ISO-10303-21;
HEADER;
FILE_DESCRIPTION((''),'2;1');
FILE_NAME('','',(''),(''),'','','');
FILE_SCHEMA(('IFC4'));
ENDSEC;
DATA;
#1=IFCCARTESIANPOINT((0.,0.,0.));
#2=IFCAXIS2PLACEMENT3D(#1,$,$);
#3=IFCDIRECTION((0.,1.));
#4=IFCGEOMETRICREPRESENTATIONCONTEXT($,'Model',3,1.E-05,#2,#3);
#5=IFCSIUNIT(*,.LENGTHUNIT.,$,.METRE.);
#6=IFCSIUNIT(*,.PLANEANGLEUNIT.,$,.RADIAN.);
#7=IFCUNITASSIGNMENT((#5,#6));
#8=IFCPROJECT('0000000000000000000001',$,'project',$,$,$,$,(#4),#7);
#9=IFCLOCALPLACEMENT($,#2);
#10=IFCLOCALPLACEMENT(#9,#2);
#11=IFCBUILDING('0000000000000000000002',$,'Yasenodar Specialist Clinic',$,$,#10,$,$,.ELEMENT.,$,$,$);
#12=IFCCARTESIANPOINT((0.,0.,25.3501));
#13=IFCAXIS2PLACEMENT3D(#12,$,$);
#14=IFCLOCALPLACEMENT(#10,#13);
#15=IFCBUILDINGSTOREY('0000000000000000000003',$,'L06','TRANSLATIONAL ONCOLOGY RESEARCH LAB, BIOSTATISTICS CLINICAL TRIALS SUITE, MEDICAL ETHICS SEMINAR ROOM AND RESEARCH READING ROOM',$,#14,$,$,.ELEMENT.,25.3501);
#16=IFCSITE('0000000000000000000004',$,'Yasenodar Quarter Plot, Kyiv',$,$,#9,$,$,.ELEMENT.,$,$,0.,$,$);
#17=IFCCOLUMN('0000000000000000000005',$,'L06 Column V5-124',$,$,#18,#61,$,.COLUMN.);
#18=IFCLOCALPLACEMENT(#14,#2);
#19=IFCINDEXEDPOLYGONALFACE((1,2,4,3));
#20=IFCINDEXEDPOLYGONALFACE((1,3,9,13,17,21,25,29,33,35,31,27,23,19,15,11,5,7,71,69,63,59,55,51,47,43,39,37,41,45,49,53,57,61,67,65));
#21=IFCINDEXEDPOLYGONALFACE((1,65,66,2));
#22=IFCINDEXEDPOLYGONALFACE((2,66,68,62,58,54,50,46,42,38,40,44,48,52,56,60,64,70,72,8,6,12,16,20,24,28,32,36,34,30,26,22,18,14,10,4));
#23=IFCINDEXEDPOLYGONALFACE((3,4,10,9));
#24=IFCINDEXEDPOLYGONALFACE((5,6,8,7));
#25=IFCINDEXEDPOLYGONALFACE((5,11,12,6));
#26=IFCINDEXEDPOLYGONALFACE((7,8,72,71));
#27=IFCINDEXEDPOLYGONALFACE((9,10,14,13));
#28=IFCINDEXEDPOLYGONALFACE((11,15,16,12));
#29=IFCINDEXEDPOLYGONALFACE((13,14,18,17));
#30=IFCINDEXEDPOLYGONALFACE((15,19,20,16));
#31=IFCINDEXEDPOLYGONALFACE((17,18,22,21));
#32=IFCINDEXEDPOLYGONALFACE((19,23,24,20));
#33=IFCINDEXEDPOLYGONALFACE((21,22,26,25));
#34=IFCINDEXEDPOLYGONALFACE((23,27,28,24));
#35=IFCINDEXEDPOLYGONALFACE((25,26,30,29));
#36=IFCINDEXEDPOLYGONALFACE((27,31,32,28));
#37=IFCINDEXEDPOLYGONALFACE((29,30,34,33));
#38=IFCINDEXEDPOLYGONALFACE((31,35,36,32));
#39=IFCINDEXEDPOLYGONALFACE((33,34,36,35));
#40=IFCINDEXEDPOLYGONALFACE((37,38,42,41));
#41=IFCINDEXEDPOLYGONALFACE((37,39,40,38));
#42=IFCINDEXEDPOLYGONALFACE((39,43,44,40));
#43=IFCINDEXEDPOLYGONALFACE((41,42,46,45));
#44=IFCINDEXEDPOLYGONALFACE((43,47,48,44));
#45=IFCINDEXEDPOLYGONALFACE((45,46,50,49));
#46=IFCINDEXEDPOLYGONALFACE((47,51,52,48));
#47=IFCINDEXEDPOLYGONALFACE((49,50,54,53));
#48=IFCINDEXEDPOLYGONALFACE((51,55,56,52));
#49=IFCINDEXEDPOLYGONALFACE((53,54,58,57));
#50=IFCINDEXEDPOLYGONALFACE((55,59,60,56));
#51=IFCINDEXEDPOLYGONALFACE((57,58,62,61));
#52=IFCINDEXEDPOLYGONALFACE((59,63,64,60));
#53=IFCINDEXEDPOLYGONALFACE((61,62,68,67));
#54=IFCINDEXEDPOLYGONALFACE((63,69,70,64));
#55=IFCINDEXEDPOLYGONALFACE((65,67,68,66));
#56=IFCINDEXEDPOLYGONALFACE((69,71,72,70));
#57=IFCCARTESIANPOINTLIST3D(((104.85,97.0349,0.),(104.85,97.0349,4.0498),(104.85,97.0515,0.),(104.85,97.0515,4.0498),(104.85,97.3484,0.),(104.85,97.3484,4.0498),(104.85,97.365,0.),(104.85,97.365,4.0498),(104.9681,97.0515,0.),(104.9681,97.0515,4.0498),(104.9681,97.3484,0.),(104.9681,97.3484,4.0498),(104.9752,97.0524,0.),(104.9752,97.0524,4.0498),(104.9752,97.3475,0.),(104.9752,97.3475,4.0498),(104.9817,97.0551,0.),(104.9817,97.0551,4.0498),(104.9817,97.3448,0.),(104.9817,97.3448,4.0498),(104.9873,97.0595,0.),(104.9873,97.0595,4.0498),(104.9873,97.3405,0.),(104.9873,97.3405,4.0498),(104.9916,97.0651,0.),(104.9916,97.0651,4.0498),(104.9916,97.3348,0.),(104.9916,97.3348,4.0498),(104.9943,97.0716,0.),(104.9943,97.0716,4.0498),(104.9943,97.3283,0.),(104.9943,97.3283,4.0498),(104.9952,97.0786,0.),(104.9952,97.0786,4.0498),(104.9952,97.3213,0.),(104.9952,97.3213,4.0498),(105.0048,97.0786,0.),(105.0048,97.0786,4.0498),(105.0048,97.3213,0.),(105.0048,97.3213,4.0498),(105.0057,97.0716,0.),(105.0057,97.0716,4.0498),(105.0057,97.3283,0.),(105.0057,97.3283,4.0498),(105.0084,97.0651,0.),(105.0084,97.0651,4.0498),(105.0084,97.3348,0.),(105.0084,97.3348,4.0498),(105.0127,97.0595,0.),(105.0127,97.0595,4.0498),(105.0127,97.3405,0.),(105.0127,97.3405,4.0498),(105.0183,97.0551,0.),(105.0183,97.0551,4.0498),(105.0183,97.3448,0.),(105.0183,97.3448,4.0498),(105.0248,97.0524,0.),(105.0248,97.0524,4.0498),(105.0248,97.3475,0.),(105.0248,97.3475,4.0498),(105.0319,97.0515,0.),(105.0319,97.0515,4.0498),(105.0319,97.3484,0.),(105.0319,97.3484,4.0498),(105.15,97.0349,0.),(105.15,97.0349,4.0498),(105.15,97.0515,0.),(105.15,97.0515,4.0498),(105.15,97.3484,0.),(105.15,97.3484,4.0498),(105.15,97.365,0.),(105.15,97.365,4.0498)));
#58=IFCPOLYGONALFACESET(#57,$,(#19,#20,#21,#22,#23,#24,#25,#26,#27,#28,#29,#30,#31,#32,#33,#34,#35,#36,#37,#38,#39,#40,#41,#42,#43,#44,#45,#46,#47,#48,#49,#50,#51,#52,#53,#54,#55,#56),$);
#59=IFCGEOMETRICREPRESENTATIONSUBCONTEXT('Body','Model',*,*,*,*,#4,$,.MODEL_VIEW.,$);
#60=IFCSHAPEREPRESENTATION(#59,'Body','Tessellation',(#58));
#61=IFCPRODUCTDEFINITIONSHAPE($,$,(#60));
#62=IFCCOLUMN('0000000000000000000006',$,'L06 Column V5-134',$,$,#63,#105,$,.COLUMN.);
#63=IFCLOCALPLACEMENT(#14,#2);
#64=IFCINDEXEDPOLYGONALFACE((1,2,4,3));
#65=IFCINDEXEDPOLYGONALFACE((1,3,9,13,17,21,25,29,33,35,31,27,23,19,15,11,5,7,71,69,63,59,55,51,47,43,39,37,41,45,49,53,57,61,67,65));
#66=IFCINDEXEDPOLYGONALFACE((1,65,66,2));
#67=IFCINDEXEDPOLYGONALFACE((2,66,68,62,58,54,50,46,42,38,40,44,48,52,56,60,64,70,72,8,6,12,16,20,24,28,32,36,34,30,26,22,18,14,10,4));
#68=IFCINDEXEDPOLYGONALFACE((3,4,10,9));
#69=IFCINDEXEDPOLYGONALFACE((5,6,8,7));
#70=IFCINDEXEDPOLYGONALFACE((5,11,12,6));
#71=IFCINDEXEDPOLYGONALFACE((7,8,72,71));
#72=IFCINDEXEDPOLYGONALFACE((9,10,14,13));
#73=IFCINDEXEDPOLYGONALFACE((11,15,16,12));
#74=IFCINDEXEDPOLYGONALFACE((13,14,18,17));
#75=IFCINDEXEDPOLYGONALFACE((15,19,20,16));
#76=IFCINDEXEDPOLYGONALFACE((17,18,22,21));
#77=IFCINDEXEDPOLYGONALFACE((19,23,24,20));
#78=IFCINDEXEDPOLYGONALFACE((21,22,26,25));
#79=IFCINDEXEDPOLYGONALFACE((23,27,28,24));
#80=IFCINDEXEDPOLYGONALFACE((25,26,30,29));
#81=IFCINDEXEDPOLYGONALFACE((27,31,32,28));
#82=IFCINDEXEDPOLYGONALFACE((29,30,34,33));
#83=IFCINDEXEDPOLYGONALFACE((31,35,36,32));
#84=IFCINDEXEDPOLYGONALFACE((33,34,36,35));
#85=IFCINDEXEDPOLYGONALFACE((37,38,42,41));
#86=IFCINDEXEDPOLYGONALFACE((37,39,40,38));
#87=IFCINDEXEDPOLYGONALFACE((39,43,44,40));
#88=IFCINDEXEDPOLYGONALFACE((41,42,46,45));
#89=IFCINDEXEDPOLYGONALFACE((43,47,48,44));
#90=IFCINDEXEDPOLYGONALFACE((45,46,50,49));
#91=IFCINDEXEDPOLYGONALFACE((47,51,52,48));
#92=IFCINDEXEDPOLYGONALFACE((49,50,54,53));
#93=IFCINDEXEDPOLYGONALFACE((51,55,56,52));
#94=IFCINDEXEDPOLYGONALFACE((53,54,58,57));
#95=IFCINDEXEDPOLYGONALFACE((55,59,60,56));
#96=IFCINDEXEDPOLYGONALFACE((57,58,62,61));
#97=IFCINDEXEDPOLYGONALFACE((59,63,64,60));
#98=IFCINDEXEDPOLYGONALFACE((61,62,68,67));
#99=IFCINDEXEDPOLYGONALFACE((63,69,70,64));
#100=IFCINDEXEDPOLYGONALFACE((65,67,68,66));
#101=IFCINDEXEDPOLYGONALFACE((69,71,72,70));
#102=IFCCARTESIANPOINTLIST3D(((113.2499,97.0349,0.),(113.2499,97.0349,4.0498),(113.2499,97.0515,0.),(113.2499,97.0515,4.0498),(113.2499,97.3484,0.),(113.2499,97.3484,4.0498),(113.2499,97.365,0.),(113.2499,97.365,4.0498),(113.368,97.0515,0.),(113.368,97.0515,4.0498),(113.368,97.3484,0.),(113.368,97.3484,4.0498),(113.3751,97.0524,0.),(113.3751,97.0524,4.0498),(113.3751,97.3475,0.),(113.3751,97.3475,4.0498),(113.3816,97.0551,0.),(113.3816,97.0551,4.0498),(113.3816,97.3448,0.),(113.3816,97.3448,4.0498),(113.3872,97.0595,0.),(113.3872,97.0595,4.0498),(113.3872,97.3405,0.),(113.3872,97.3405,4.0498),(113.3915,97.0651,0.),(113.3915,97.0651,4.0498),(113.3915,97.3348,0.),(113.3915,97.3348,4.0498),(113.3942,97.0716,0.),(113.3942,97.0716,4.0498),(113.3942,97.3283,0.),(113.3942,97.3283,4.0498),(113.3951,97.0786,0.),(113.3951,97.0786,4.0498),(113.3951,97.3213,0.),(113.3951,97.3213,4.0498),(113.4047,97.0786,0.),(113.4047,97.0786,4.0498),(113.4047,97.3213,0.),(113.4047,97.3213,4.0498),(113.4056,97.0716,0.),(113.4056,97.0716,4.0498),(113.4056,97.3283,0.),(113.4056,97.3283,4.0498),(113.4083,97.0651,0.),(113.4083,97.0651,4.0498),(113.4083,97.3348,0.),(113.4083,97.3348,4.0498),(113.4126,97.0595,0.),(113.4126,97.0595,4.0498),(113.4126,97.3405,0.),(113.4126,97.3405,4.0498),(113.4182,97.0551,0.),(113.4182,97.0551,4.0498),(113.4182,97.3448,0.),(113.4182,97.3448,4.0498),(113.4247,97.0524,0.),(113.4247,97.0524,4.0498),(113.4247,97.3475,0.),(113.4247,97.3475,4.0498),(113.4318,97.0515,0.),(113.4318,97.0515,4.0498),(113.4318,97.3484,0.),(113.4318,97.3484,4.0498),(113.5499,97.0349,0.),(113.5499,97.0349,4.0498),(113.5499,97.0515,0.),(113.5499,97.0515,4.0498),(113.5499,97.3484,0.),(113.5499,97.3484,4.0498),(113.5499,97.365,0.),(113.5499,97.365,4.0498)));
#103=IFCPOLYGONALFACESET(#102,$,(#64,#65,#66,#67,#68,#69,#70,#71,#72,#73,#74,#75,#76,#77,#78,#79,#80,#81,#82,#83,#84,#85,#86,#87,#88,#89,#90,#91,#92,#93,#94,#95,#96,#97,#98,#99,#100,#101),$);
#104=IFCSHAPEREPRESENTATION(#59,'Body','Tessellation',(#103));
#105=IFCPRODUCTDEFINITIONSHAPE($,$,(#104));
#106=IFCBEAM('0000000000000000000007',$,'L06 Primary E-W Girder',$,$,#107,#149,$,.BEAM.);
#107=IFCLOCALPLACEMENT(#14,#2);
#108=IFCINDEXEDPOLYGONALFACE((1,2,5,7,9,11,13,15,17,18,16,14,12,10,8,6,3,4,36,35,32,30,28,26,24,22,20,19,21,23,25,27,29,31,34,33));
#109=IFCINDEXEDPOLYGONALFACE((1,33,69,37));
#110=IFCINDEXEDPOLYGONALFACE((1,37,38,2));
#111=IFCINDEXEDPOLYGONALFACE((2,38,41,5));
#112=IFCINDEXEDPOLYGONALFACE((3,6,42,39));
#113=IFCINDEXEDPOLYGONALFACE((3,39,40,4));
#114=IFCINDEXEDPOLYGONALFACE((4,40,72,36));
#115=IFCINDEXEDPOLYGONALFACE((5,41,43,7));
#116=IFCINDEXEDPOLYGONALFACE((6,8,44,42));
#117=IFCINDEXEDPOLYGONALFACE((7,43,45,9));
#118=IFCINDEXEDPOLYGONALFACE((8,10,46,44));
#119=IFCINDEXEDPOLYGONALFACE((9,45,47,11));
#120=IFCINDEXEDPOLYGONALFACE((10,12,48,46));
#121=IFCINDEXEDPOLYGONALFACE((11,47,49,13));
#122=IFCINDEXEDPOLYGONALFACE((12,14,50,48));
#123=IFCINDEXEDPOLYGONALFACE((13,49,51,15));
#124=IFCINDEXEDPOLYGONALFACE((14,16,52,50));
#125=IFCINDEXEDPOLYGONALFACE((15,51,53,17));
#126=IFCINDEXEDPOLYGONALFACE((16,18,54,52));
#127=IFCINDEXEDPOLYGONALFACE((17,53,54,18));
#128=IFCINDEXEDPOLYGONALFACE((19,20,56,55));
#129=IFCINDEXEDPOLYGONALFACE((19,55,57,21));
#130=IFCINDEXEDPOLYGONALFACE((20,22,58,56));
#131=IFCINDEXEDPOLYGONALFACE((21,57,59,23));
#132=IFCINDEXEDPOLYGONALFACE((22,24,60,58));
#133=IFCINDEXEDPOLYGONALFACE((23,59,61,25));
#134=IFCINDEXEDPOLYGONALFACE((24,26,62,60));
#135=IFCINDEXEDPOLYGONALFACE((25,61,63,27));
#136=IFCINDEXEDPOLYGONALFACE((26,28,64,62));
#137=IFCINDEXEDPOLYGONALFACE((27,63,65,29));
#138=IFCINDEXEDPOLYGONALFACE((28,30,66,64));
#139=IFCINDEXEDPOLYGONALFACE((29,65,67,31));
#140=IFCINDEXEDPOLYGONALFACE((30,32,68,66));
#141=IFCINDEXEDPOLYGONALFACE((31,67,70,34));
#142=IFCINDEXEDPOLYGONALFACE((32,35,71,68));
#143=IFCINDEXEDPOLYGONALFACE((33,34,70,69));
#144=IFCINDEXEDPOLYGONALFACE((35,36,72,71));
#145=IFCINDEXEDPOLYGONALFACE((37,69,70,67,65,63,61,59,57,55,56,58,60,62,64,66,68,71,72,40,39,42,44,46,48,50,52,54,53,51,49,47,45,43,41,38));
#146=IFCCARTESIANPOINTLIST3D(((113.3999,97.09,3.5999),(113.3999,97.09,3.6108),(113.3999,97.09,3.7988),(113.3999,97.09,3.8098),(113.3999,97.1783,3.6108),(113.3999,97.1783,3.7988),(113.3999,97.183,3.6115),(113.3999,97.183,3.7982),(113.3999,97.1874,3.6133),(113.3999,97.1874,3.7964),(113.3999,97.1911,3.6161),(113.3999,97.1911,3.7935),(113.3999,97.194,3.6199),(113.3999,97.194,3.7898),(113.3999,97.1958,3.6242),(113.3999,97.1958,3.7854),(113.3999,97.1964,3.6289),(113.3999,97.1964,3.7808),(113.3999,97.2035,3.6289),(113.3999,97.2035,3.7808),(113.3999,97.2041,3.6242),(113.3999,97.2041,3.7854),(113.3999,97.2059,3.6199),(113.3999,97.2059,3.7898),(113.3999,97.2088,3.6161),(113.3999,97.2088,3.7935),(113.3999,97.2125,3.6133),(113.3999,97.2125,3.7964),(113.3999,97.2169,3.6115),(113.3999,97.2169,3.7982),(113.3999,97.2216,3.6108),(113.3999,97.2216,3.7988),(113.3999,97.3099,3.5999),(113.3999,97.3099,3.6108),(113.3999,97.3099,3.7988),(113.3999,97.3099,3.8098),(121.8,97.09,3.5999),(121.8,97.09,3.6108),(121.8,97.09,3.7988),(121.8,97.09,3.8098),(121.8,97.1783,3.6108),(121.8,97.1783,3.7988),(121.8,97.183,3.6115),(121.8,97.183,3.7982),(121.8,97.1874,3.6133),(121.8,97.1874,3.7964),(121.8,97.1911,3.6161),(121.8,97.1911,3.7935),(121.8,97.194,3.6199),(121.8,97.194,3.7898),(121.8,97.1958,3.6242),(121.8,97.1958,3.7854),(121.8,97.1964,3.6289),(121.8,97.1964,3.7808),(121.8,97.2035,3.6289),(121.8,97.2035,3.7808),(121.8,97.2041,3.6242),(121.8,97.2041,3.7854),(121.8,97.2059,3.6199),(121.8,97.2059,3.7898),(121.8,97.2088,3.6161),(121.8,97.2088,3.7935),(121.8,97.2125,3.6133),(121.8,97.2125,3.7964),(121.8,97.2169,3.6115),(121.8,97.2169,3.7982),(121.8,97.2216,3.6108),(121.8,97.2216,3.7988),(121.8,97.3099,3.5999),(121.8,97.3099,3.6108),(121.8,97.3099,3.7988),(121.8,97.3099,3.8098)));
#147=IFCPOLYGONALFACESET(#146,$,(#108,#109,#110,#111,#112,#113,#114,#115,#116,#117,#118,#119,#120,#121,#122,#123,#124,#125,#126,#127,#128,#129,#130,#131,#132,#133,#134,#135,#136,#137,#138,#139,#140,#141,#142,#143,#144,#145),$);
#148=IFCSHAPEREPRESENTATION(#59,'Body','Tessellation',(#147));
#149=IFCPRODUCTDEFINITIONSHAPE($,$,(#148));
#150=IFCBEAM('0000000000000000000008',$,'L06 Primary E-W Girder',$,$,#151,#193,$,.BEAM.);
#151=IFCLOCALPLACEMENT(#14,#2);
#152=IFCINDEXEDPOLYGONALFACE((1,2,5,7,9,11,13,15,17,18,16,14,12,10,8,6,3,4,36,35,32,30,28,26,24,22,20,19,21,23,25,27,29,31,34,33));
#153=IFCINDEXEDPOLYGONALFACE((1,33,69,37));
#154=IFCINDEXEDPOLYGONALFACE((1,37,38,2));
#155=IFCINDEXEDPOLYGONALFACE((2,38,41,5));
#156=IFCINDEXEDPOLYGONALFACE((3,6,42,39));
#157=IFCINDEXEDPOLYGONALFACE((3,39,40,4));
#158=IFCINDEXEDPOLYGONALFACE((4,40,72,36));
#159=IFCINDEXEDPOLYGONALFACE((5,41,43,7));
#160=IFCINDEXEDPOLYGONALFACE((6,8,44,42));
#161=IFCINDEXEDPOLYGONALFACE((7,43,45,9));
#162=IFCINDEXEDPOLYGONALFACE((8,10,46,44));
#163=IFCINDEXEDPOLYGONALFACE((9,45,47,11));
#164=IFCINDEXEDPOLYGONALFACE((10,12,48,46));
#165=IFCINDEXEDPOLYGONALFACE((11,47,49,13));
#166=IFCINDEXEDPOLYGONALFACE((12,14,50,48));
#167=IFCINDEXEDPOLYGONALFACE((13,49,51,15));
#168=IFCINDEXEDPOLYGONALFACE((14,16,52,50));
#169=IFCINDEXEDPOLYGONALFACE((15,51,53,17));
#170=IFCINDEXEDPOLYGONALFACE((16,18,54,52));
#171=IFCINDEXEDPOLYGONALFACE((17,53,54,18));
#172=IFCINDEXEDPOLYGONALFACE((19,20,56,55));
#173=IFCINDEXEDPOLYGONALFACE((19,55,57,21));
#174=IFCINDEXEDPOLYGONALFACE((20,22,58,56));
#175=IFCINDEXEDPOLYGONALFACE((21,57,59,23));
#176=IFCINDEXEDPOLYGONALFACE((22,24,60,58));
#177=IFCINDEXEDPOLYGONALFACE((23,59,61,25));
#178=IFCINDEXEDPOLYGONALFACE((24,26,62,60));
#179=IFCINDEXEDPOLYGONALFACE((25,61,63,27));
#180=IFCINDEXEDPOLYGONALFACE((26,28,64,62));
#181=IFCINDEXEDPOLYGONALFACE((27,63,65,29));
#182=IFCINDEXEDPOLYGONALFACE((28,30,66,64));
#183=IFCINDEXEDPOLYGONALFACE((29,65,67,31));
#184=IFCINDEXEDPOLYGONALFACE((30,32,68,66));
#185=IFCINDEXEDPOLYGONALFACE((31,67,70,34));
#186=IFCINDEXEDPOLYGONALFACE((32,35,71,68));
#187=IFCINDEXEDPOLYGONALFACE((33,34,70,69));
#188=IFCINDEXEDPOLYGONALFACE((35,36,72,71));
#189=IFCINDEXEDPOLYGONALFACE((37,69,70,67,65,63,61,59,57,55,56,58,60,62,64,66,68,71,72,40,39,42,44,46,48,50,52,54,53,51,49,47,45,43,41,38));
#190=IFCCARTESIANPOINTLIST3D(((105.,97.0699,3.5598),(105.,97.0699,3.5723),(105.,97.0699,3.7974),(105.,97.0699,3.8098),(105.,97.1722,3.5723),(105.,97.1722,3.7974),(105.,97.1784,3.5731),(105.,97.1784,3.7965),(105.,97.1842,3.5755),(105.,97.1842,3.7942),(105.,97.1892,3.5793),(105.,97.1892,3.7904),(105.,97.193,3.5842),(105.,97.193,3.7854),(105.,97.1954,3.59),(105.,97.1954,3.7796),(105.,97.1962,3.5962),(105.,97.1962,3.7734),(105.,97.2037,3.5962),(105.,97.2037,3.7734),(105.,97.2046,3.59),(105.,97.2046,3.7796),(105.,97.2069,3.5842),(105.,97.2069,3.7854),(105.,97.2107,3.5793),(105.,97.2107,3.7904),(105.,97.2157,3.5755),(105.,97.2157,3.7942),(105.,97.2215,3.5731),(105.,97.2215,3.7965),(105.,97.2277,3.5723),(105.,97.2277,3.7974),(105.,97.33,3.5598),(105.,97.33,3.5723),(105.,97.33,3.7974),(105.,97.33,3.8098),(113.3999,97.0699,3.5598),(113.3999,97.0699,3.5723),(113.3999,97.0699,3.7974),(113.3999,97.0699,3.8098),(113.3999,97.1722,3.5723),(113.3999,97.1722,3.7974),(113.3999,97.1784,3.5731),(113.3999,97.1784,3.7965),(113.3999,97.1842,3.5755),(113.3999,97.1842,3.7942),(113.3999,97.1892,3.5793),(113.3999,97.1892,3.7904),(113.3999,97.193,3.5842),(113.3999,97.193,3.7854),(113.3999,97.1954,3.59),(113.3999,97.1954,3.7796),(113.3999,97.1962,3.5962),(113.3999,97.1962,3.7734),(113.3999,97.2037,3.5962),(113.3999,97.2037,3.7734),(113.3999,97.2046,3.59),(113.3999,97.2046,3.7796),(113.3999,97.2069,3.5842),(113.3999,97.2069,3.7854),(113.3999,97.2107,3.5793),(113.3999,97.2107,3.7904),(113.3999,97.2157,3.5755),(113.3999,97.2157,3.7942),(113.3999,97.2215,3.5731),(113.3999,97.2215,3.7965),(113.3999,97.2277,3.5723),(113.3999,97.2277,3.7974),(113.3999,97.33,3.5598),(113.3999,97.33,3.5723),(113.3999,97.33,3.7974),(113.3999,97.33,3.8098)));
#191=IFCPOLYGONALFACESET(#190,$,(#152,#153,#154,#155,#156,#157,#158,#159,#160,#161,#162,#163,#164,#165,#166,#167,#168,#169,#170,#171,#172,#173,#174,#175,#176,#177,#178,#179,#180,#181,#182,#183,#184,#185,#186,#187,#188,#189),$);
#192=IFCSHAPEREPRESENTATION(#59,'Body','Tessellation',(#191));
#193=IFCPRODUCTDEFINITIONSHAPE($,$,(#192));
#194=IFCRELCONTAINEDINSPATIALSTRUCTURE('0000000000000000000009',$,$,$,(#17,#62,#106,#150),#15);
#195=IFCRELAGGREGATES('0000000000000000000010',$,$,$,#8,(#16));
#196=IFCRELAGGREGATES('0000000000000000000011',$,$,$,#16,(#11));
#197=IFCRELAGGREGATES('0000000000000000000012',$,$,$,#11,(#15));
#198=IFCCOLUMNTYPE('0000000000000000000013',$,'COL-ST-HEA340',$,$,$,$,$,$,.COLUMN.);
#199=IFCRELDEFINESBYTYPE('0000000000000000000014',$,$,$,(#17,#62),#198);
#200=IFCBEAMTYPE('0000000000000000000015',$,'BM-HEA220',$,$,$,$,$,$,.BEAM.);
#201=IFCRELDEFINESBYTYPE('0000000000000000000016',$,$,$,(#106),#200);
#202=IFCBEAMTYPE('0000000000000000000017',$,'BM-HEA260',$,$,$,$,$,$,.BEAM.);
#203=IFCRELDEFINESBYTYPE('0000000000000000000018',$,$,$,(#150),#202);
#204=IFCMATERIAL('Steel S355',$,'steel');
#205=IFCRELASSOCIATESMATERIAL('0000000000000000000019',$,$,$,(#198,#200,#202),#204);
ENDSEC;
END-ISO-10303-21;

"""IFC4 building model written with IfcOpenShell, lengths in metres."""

from ifc_helpers import new_model, si_unit, direction, frame, origin, origin_2d, place, context, subcontext, project, spatial, i_section, extrude, material, material_profile, profile_set, type_object, element, save


model = new_model("IFC4")

# Units and contexts
model_context = context("Model", 3, precision=1e-05, world=origin(), true_north=direction((0.0, 1.0)))
body_context = subcontext(model_context, "Body", "Model", "MODEL_VIEW")
ifc_project = project(units=[si_unit("LENGTHUNIT", "METRE"), si_unit("PLANEANGLEUNIT", "RADIAN")], contexts=[model_context])

# Site, building, storey
site_placement = place(None, origin())
site = spatial("IfcSite", under=ifc_project, at=site_placement, Name="Yasenodar Quarter Plot, Kyiv", CompositionType="ELEMENT", RefElevation=0.0)
building_placement = place(site_placement, origin())
building = spatial("IfcBuilding", under=site, at=building_placement, Name="Yasenodar Specialist Clinic", CompositionType="ELEMENT")
storey_placement = place(building_placement, frame((0.0, 0.0, 25.3501)))
storey = spatial("IfcBuildingStorey", under=building, at=storey_placement, Name="L06", Description="TRANSLATIONAL ONCOLOGY RESEARCH LAB, BIOSTATISTICS CLINICAL TRIALS SUITE, MEDICAL ETHICS SEMINAR ROOM AND RESEARCH READING ROOM", CompositionType="ELEMENT", Elevation=25.3501)

# Columns
ifc_material_1 = material(Name="Steel S355", Category="steel")
ifc_material_profile_1 = material_profile(ifc_material_1, i_section(OverallWidth=0.3, OverallDepth=0.3301, WebThickness=0.0095, FlangeThickness=0.0166, FilletRadius=0.0271, at=origin_2d()), Name="HEA 340")
ifc_profile_set_1 = profile_set([ifc_material_profile_1], Name="Steel S355")
column_type = type_object("IfcColumnType", Name="COL-ST-HEA340", PredefinedType="COLUMN", material=ifc_profile_set_1)
for number, where, z_axis, x_axis, name in (
    (1, (105.0, 97.2, 0.0), (0.0, 0.0, 1.0), (1.0, 0.0, 0.0), "L06 Column V5-124"),
    (2, (113.3999, 97.2, 0.0), (0.0, 0.0, 1.0), (1.0, 0.0, 0.0), "L06 Column V5-134"),
):
    element("IfcColumn", number, at=place(storey_placement, frame(where, z_axis=z_axis, x_axis=x_axis)), inside=storey, type_object=column_type, Name=name, PredefinedType="COLUMN", context=body_context, shape_type="SweptSolid", body=[
        extrude(i_section(OverallWidth=0.3, OverallDepth=0.3301, WebThickness=0.0095, FlangeThickness=0.0166, FilletRadius=0.0271, at=origin_2d()), origin(), (0.0, 0.0, 1.0), 4.0498),
    ])

# Beams
ifc_material_profile_2 = material_profile(ifc_material_1, i_section(OverallWidth=0.22, OverallDepth=0.21, WebThickness=0.0071, FlangeThickness=0.011, FilletRadius=0.0181, at=origin_2d()), Name="HEA 220")
ifc_profile_set_2 = profile_set([ifc_material_profile_2], Name="Steel S355")
beam_type_1 = type_object("IfcBeamType", Name="BM-HEA220", PredefinedType="BEAM", material=ifc_profile_set_2)
beam_1_placement = place(storey_placement, frame((113.3999, 97.2, 3.7048), z_axis=(1.0, 0.0, 0.0), x_axis=(0.0, 1.0, 0.0)))
element("IfcBeam", 3, at=beam_1_placement, inside=storey, type_object=beam_type_1, Name="L06 Primary E-W Girder", PredefinedType="BEAM", context=body_context, shape_type="SweptSolid", body=[
    extrude(i_section(OverallWidth=0.22, OverallDepth=0.21, WebThickness=0.0071, FlangeThickness=0.011, FilletRadius=0.0181, at=origin_2d()), origin(), (0.0, 0.0, 1.0), 8.4001),
])
ifc_material_profile_3 = material_profile(ifc_material_1, i_section(OverallWidth=0.26, OverallDepth=0.25, WebThickness=0.0076, FlangeThickness=0.0125, FilletRadius=0.0239, at=origin_2d()), Name="HEA 260")
ifc_profile_set_3 = profile_set([ifc_material_profile_3], Name="Steel S355")
beam_type_2 = type_object("IfcBeamType", Name="BM-HEA260", PredefinedType="BEAM", material=ifc_profile_set_3)
beam_2_placement = place(storey_placement, frame((105.0, 97.2, 3.6848), z_axis=(1.0, 0.0, 0.0), x_axis=(0.0, 1.0, 0.0)))
element("IfcBeam", 4, at=beam_2_placement, inside=storey, type_object=beam_type_2, Name="L06 Primary E-W Girder", PredefinedType="BEAM", context=body_context, shape_type="SweptSolid", body=[
    extrude(i_section(OverallWidth=0.26, OverallDepth=0.25, WebThickness=0.0076, FlangeThickness=0.0125, FilletRadius=0.0239, at=origin_2d()), origin(), (0.0, 0.0, 1.0), 8.3999),
])

save(model, "model.ifc")
